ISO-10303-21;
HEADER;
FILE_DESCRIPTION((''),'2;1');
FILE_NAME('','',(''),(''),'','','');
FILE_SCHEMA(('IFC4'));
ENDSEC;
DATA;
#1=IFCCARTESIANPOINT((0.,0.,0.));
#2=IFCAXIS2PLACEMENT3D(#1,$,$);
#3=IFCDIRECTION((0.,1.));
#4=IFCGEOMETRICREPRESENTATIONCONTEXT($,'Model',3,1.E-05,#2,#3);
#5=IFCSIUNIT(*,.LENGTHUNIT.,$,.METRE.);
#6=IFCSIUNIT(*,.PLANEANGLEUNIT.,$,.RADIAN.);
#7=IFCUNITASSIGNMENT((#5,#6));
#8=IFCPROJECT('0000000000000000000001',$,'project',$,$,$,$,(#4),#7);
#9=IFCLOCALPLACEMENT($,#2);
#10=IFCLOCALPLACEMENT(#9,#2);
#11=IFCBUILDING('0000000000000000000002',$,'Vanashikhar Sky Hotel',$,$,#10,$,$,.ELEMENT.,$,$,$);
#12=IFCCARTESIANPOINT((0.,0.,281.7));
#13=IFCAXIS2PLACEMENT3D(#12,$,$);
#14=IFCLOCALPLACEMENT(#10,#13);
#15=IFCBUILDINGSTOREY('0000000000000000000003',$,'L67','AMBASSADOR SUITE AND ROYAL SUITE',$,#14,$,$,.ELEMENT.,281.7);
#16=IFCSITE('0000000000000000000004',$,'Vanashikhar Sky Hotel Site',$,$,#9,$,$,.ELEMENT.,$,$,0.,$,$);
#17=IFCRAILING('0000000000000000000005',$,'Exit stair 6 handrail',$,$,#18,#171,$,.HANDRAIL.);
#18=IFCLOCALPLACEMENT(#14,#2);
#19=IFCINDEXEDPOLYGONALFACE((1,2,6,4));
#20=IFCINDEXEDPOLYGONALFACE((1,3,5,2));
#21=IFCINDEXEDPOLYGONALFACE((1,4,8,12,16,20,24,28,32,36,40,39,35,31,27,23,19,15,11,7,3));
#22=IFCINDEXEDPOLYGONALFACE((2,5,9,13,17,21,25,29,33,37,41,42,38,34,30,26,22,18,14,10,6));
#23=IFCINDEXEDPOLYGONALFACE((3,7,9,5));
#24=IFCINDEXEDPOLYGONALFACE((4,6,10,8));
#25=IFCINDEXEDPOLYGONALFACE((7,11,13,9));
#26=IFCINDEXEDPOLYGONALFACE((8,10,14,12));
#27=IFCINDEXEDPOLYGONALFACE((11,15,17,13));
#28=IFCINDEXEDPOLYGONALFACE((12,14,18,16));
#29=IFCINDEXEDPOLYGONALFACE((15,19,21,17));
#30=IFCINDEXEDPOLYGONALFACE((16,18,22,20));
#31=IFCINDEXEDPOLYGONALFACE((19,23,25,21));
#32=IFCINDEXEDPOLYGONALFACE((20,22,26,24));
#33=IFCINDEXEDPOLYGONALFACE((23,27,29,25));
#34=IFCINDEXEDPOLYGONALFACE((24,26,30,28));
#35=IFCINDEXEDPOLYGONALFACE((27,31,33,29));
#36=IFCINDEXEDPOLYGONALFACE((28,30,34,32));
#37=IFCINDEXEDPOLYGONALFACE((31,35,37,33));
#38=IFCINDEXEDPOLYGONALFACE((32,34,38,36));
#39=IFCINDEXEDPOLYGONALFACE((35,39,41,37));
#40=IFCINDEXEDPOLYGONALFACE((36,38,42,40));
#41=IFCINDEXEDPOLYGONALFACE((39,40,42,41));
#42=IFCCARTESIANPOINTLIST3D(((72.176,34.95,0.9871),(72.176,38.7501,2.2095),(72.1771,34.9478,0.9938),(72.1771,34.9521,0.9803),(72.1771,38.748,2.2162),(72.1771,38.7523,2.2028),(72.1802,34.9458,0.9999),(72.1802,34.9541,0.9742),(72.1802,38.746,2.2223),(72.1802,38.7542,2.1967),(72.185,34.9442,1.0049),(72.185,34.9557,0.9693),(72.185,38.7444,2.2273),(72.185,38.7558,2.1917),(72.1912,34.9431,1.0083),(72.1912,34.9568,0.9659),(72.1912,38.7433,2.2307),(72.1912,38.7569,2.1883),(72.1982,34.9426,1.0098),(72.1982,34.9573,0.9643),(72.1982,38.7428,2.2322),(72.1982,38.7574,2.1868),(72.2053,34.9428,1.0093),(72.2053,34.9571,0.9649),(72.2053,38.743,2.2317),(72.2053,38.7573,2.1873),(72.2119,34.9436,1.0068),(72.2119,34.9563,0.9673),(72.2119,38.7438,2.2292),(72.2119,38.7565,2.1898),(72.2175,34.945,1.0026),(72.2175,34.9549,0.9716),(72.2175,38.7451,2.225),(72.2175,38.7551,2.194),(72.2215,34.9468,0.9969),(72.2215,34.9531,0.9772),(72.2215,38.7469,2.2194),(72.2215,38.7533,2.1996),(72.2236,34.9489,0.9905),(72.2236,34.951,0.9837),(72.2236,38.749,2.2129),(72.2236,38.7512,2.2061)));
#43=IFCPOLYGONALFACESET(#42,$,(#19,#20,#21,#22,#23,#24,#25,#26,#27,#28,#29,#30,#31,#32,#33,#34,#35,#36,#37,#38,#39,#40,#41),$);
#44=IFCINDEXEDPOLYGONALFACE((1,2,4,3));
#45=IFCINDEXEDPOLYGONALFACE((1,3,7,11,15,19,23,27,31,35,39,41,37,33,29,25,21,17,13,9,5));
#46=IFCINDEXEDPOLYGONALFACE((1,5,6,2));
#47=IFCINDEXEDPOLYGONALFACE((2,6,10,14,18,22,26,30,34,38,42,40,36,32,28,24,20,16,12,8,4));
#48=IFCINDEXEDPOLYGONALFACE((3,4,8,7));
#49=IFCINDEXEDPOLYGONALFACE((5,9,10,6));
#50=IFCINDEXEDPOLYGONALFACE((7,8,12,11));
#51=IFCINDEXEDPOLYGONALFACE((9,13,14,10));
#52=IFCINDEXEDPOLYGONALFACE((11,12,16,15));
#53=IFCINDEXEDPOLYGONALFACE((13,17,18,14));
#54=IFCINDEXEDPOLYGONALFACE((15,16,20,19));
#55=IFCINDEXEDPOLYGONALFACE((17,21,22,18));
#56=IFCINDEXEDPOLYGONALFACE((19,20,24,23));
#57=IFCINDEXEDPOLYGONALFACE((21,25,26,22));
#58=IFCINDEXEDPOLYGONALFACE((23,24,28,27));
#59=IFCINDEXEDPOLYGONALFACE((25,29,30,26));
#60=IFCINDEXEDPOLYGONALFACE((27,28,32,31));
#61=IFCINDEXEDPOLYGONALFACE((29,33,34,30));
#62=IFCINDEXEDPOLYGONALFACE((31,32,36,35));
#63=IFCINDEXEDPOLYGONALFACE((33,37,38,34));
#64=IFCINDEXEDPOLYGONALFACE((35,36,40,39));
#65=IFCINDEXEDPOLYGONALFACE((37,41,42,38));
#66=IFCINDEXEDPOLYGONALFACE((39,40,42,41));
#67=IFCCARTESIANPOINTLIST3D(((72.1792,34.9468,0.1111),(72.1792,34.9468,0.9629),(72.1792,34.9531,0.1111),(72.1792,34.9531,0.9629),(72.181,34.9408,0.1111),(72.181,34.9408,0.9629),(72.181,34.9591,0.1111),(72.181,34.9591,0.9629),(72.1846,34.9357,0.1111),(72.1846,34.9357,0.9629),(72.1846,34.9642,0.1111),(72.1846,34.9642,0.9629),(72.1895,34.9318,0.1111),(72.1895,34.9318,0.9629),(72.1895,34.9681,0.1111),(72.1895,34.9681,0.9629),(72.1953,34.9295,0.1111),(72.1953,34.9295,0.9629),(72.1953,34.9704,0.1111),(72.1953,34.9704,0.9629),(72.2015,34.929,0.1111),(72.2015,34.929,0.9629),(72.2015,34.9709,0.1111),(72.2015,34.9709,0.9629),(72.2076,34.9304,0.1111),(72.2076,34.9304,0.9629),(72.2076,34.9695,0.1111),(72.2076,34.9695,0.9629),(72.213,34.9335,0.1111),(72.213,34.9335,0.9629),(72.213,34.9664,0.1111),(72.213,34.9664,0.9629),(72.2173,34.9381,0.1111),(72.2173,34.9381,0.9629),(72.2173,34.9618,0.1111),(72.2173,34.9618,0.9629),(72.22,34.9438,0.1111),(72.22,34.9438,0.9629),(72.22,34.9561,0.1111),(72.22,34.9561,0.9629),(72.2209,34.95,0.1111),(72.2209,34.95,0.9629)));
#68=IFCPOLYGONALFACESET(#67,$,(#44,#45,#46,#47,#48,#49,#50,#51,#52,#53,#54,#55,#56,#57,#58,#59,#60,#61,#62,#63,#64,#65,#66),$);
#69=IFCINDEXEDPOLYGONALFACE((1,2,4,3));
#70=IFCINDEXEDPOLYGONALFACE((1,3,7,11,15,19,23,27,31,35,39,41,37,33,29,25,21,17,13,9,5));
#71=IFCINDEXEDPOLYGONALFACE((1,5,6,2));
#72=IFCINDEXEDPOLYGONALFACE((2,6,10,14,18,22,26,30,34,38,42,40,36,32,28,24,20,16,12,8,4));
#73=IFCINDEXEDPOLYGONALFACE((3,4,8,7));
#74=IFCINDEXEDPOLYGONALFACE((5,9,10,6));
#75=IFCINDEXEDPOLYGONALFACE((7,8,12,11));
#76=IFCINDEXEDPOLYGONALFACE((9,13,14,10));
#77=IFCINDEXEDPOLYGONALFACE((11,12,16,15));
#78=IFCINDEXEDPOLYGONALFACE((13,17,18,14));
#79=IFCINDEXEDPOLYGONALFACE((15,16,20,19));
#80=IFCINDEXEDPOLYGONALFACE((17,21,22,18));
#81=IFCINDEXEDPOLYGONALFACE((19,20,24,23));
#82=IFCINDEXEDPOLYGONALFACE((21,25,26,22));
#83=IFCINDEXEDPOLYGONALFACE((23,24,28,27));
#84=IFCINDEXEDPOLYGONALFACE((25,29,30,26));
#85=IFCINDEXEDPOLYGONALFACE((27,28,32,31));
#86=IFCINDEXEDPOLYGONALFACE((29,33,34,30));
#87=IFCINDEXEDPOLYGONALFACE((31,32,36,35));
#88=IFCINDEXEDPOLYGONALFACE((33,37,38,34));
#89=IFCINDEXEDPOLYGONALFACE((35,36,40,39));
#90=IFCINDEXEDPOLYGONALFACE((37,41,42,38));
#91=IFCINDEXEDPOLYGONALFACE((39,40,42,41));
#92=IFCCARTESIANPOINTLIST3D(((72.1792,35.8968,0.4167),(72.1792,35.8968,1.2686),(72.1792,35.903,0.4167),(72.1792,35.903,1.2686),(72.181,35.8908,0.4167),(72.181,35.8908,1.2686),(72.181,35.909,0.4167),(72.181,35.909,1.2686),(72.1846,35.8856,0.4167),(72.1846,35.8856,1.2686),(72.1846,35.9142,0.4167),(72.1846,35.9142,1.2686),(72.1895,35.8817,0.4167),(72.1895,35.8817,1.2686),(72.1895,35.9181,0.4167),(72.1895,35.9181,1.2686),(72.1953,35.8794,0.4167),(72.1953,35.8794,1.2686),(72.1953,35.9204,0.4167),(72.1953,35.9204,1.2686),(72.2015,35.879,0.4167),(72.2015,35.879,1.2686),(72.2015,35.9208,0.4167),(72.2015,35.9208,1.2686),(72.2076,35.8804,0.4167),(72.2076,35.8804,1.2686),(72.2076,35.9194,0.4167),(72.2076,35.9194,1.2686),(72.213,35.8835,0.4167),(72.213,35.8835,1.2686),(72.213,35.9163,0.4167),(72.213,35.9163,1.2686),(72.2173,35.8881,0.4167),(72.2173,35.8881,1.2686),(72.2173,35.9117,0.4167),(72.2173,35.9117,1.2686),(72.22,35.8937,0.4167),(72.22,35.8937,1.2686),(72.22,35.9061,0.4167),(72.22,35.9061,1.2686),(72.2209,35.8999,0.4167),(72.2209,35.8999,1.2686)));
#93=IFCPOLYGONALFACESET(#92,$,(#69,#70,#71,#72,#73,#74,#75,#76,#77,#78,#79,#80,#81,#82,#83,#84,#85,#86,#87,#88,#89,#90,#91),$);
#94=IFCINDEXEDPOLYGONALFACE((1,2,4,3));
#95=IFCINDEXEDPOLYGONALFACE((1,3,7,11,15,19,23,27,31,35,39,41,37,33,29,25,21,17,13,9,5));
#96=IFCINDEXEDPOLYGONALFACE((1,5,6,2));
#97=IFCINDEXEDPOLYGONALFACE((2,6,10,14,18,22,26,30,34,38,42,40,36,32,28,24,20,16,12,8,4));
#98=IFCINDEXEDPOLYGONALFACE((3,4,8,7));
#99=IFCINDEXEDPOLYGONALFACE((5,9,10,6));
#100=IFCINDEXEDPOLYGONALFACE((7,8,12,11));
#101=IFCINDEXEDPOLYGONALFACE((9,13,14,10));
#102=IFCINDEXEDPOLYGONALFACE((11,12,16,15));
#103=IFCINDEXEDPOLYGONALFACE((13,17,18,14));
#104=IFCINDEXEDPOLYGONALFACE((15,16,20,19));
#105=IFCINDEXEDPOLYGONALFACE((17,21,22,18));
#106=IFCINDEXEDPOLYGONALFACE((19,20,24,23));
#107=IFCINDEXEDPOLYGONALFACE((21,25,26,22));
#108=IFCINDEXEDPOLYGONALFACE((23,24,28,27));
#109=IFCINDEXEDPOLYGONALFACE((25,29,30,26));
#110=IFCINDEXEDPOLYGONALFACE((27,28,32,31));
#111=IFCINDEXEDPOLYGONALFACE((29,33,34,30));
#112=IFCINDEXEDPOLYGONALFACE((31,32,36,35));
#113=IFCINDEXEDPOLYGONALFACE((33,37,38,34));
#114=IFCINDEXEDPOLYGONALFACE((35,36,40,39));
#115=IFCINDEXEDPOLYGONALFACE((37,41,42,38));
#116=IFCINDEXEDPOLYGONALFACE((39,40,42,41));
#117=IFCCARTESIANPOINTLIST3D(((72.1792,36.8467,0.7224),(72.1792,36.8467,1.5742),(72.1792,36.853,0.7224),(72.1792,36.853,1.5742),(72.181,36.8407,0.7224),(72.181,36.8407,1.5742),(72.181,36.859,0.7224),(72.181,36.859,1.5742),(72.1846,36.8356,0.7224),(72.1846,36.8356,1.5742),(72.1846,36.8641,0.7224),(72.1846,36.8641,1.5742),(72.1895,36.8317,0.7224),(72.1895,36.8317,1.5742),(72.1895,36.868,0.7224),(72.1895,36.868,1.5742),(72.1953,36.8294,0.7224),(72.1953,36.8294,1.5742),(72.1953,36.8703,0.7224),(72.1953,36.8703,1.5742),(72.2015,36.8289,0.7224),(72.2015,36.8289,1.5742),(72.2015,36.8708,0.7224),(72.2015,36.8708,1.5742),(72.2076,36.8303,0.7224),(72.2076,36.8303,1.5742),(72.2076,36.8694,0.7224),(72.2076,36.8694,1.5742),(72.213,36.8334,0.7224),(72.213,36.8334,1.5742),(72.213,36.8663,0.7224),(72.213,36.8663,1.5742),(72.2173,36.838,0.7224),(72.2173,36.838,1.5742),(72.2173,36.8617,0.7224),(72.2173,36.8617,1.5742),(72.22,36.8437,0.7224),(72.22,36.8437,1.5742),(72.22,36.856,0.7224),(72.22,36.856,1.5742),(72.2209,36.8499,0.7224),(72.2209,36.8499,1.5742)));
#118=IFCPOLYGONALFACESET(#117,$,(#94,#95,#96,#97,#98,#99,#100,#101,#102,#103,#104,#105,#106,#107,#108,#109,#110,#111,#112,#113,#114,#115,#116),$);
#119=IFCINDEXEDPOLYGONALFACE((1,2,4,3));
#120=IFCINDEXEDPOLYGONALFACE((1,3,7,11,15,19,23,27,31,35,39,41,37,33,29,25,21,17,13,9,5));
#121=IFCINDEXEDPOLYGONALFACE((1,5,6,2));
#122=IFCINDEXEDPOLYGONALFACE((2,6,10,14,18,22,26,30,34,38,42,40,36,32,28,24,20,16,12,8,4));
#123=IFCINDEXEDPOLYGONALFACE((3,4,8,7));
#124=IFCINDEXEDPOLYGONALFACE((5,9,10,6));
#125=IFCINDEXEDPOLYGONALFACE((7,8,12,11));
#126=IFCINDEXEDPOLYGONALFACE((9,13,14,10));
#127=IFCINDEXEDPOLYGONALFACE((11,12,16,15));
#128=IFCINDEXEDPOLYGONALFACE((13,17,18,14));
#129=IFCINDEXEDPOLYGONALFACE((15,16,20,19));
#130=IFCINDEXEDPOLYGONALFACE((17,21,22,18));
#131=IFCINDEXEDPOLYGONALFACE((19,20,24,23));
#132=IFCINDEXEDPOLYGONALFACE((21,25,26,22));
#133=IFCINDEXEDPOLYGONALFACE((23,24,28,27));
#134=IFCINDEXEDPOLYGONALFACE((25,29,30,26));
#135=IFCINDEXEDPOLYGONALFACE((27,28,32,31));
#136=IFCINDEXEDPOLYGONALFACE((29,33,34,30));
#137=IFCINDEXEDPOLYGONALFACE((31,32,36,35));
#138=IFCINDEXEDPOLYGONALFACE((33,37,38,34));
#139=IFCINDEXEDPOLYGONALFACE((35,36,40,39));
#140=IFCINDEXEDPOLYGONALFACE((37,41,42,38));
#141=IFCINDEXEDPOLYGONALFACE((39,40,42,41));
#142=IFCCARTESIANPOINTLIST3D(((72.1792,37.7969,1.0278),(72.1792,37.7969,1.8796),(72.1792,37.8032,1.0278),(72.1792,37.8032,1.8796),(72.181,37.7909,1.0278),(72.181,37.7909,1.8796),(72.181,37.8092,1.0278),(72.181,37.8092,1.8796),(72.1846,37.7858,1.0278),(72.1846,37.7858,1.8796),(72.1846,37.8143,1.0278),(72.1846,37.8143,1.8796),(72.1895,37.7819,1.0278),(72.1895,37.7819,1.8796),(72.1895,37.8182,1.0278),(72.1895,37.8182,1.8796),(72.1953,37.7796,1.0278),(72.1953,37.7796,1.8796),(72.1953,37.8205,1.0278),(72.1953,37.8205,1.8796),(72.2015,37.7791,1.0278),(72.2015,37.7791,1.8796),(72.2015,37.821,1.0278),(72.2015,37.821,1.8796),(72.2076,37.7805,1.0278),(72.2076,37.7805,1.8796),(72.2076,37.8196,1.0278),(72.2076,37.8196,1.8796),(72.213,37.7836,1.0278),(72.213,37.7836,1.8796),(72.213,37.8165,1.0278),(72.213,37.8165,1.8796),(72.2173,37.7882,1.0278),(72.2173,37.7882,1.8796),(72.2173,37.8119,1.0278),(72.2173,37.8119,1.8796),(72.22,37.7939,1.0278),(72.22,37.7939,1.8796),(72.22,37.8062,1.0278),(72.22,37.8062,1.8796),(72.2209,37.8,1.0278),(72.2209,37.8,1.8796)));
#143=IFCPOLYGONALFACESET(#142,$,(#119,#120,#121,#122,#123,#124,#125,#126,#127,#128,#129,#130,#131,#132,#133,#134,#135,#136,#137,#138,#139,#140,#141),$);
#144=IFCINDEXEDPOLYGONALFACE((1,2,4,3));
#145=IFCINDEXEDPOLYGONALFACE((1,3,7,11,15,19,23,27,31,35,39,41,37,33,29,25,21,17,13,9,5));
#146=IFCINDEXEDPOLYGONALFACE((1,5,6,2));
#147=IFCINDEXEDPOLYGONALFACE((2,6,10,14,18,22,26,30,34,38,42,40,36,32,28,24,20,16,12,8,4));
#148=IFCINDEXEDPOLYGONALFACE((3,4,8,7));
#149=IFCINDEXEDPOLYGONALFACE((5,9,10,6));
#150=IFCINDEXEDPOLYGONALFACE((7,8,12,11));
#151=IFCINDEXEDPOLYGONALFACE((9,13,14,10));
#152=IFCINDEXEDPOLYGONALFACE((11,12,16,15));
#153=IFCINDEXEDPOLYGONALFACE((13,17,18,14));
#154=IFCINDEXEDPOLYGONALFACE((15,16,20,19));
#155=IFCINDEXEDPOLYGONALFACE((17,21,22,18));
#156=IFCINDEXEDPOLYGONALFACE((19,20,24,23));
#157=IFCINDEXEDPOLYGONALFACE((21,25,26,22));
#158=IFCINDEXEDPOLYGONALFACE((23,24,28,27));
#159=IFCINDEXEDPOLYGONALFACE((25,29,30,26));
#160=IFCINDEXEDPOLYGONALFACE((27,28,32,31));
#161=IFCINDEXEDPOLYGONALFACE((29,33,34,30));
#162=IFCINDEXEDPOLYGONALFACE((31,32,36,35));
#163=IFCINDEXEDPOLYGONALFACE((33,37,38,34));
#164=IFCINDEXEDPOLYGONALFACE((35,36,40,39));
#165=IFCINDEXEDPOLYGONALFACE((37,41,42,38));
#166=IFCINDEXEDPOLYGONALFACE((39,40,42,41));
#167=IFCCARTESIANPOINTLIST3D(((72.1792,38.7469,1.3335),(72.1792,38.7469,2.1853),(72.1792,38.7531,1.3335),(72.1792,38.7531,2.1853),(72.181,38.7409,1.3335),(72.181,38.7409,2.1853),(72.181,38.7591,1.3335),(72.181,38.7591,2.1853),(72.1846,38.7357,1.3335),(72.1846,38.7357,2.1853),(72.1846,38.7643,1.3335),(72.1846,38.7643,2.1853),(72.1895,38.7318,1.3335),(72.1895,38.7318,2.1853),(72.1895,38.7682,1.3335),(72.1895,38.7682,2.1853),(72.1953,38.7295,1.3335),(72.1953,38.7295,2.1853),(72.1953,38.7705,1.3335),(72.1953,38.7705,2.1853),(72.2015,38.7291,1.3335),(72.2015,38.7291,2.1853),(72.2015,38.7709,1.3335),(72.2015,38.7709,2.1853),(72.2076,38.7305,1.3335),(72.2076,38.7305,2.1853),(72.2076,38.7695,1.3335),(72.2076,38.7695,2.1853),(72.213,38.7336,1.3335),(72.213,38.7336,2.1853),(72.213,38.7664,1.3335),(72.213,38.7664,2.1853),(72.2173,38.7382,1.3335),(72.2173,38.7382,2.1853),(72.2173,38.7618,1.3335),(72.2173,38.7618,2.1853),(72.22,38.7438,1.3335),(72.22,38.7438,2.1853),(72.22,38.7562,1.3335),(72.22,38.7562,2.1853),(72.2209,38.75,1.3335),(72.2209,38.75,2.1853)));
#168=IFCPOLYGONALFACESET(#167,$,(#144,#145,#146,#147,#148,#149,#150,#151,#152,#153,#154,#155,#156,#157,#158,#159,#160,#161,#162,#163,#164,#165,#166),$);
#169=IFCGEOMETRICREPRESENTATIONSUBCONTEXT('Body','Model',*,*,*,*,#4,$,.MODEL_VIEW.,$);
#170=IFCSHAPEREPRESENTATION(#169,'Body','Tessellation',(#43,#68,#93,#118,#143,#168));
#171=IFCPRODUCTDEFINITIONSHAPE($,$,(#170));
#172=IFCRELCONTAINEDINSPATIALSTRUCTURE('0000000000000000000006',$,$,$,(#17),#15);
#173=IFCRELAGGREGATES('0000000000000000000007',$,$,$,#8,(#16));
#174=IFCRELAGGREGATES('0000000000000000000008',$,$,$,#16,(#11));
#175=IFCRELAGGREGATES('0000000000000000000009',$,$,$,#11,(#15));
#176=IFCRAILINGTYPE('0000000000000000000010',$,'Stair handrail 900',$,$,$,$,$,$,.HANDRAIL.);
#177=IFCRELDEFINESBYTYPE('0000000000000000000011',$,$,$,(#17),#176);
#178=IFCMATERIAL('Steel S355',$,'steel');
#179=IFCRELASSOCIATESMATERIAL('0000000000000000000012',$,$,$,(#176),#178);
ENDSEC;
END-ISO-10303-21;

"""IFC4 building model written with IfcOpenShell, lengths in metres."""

from ifc_helpers import new_model, si_unit, direction, frame, origin, origin_2d, place, context, subcontext, project, spatial, circle, extrude, source, transform, mapped, material, type_object, element, save


model = new_model("IFC4")

# Units and contexts
model_context = context("Model", 3, precision=1e-05, world=origin(), true_north=direction((0.0, 1.0)))
body_context = subcontext(model_context, "Body", "Model", "MODEL_VIEW")
ifc_project = project(units=[si_unit("LENGTHUNIT", "METRE"), si_unit("PLANEANGLEUNIT", "RADIAN")], contexts=[model_context])

# Site, building, storey
site_placement = place(None, origin())
site = spatial("IfcSite", under=ifc_project, at=site_placement, Name="Vanashikhar Sky Hotel Site", CompositionType="ELEMENT", RefElevation=0.0)
building_placement = place(site_placement, origin())
building = spatial("IfcBuilding", under=site, at=building_placement, Name="Vanashikhar Sky Hotel", CompositionType="ELEMENT")
storey_placement = place(building_placement, frame((0.0, 0.0, 281.7)))
storey = spatial("IfcBuildingStorey", under=building, at=storey_placement, Name="L67", Description="AMBASSADOR SUITE AND ROYAL SUITE", CompositionType="ELEMENT", Elevation=281.7)

# Railing
ifc_material_1 = material(Name="Steel S355", Category="steel")
railing_type = type_object("IfcRailingType", Name="Stair handrail 900", PredefinedType="HANDRAIL", material=ifc_material_1)
shared_shape_1 = source(origin(), body_context, "Body", "SweptSolid", [
    extrude(circle(Radius=0.0239, at=origin_2d()), frame((0.0, 0.0, 0.876), z_axis=(0.0, 0.951958, 0.306229), x_axis=(-1.0, 0.0, 0.0)), (0.0, 0.0, 1.0), 3.9919),
    extrude(circle(Radius=0.021, at=origin_2d()), origin(), (0.0, 0.0, 1.0), 0.8518),
    extrude(circle(Radius=0.021, at=origin_2d()), frame((0.0, 0.95, 0.3057)), (0.0, 0.0, 1.0), 0.8518),
    extrude(circle(Radius=0.021, at=origin_2d()), frame((0.0, 1.8999, 0.6113)), (0.0, 0.0, 1.0), 0.8518),
    extrude(circle(Radius=0.021, at=origin_2d()), frame((0.0, 2.8501, 0.9167)), (0.0, 0.0, 1.0), 0.8518),
    extrude(circle(Radius=0.021, at=origin_2d()), frame((0.0, 3.8, 1.2224)), (0.0, 0.0, 1.0), 0.8518),
])
railing_1_placement = place(storey_placement, frame((72.2, 34.95, 0.1111)))
element("IfcRailing", 1, at=railing_1_placement, inside=storey, type_object=railing_type, Name="Exit stair 6 handrail", PredefinedType="HANDRAIL", context=body_context, shape_type="MappedRepresentation", body=[
    mapped(shared_shape_1, transform((0.0, 0.0, 0.0), scale=1.0)),
])

save(model, "model.ifc")
